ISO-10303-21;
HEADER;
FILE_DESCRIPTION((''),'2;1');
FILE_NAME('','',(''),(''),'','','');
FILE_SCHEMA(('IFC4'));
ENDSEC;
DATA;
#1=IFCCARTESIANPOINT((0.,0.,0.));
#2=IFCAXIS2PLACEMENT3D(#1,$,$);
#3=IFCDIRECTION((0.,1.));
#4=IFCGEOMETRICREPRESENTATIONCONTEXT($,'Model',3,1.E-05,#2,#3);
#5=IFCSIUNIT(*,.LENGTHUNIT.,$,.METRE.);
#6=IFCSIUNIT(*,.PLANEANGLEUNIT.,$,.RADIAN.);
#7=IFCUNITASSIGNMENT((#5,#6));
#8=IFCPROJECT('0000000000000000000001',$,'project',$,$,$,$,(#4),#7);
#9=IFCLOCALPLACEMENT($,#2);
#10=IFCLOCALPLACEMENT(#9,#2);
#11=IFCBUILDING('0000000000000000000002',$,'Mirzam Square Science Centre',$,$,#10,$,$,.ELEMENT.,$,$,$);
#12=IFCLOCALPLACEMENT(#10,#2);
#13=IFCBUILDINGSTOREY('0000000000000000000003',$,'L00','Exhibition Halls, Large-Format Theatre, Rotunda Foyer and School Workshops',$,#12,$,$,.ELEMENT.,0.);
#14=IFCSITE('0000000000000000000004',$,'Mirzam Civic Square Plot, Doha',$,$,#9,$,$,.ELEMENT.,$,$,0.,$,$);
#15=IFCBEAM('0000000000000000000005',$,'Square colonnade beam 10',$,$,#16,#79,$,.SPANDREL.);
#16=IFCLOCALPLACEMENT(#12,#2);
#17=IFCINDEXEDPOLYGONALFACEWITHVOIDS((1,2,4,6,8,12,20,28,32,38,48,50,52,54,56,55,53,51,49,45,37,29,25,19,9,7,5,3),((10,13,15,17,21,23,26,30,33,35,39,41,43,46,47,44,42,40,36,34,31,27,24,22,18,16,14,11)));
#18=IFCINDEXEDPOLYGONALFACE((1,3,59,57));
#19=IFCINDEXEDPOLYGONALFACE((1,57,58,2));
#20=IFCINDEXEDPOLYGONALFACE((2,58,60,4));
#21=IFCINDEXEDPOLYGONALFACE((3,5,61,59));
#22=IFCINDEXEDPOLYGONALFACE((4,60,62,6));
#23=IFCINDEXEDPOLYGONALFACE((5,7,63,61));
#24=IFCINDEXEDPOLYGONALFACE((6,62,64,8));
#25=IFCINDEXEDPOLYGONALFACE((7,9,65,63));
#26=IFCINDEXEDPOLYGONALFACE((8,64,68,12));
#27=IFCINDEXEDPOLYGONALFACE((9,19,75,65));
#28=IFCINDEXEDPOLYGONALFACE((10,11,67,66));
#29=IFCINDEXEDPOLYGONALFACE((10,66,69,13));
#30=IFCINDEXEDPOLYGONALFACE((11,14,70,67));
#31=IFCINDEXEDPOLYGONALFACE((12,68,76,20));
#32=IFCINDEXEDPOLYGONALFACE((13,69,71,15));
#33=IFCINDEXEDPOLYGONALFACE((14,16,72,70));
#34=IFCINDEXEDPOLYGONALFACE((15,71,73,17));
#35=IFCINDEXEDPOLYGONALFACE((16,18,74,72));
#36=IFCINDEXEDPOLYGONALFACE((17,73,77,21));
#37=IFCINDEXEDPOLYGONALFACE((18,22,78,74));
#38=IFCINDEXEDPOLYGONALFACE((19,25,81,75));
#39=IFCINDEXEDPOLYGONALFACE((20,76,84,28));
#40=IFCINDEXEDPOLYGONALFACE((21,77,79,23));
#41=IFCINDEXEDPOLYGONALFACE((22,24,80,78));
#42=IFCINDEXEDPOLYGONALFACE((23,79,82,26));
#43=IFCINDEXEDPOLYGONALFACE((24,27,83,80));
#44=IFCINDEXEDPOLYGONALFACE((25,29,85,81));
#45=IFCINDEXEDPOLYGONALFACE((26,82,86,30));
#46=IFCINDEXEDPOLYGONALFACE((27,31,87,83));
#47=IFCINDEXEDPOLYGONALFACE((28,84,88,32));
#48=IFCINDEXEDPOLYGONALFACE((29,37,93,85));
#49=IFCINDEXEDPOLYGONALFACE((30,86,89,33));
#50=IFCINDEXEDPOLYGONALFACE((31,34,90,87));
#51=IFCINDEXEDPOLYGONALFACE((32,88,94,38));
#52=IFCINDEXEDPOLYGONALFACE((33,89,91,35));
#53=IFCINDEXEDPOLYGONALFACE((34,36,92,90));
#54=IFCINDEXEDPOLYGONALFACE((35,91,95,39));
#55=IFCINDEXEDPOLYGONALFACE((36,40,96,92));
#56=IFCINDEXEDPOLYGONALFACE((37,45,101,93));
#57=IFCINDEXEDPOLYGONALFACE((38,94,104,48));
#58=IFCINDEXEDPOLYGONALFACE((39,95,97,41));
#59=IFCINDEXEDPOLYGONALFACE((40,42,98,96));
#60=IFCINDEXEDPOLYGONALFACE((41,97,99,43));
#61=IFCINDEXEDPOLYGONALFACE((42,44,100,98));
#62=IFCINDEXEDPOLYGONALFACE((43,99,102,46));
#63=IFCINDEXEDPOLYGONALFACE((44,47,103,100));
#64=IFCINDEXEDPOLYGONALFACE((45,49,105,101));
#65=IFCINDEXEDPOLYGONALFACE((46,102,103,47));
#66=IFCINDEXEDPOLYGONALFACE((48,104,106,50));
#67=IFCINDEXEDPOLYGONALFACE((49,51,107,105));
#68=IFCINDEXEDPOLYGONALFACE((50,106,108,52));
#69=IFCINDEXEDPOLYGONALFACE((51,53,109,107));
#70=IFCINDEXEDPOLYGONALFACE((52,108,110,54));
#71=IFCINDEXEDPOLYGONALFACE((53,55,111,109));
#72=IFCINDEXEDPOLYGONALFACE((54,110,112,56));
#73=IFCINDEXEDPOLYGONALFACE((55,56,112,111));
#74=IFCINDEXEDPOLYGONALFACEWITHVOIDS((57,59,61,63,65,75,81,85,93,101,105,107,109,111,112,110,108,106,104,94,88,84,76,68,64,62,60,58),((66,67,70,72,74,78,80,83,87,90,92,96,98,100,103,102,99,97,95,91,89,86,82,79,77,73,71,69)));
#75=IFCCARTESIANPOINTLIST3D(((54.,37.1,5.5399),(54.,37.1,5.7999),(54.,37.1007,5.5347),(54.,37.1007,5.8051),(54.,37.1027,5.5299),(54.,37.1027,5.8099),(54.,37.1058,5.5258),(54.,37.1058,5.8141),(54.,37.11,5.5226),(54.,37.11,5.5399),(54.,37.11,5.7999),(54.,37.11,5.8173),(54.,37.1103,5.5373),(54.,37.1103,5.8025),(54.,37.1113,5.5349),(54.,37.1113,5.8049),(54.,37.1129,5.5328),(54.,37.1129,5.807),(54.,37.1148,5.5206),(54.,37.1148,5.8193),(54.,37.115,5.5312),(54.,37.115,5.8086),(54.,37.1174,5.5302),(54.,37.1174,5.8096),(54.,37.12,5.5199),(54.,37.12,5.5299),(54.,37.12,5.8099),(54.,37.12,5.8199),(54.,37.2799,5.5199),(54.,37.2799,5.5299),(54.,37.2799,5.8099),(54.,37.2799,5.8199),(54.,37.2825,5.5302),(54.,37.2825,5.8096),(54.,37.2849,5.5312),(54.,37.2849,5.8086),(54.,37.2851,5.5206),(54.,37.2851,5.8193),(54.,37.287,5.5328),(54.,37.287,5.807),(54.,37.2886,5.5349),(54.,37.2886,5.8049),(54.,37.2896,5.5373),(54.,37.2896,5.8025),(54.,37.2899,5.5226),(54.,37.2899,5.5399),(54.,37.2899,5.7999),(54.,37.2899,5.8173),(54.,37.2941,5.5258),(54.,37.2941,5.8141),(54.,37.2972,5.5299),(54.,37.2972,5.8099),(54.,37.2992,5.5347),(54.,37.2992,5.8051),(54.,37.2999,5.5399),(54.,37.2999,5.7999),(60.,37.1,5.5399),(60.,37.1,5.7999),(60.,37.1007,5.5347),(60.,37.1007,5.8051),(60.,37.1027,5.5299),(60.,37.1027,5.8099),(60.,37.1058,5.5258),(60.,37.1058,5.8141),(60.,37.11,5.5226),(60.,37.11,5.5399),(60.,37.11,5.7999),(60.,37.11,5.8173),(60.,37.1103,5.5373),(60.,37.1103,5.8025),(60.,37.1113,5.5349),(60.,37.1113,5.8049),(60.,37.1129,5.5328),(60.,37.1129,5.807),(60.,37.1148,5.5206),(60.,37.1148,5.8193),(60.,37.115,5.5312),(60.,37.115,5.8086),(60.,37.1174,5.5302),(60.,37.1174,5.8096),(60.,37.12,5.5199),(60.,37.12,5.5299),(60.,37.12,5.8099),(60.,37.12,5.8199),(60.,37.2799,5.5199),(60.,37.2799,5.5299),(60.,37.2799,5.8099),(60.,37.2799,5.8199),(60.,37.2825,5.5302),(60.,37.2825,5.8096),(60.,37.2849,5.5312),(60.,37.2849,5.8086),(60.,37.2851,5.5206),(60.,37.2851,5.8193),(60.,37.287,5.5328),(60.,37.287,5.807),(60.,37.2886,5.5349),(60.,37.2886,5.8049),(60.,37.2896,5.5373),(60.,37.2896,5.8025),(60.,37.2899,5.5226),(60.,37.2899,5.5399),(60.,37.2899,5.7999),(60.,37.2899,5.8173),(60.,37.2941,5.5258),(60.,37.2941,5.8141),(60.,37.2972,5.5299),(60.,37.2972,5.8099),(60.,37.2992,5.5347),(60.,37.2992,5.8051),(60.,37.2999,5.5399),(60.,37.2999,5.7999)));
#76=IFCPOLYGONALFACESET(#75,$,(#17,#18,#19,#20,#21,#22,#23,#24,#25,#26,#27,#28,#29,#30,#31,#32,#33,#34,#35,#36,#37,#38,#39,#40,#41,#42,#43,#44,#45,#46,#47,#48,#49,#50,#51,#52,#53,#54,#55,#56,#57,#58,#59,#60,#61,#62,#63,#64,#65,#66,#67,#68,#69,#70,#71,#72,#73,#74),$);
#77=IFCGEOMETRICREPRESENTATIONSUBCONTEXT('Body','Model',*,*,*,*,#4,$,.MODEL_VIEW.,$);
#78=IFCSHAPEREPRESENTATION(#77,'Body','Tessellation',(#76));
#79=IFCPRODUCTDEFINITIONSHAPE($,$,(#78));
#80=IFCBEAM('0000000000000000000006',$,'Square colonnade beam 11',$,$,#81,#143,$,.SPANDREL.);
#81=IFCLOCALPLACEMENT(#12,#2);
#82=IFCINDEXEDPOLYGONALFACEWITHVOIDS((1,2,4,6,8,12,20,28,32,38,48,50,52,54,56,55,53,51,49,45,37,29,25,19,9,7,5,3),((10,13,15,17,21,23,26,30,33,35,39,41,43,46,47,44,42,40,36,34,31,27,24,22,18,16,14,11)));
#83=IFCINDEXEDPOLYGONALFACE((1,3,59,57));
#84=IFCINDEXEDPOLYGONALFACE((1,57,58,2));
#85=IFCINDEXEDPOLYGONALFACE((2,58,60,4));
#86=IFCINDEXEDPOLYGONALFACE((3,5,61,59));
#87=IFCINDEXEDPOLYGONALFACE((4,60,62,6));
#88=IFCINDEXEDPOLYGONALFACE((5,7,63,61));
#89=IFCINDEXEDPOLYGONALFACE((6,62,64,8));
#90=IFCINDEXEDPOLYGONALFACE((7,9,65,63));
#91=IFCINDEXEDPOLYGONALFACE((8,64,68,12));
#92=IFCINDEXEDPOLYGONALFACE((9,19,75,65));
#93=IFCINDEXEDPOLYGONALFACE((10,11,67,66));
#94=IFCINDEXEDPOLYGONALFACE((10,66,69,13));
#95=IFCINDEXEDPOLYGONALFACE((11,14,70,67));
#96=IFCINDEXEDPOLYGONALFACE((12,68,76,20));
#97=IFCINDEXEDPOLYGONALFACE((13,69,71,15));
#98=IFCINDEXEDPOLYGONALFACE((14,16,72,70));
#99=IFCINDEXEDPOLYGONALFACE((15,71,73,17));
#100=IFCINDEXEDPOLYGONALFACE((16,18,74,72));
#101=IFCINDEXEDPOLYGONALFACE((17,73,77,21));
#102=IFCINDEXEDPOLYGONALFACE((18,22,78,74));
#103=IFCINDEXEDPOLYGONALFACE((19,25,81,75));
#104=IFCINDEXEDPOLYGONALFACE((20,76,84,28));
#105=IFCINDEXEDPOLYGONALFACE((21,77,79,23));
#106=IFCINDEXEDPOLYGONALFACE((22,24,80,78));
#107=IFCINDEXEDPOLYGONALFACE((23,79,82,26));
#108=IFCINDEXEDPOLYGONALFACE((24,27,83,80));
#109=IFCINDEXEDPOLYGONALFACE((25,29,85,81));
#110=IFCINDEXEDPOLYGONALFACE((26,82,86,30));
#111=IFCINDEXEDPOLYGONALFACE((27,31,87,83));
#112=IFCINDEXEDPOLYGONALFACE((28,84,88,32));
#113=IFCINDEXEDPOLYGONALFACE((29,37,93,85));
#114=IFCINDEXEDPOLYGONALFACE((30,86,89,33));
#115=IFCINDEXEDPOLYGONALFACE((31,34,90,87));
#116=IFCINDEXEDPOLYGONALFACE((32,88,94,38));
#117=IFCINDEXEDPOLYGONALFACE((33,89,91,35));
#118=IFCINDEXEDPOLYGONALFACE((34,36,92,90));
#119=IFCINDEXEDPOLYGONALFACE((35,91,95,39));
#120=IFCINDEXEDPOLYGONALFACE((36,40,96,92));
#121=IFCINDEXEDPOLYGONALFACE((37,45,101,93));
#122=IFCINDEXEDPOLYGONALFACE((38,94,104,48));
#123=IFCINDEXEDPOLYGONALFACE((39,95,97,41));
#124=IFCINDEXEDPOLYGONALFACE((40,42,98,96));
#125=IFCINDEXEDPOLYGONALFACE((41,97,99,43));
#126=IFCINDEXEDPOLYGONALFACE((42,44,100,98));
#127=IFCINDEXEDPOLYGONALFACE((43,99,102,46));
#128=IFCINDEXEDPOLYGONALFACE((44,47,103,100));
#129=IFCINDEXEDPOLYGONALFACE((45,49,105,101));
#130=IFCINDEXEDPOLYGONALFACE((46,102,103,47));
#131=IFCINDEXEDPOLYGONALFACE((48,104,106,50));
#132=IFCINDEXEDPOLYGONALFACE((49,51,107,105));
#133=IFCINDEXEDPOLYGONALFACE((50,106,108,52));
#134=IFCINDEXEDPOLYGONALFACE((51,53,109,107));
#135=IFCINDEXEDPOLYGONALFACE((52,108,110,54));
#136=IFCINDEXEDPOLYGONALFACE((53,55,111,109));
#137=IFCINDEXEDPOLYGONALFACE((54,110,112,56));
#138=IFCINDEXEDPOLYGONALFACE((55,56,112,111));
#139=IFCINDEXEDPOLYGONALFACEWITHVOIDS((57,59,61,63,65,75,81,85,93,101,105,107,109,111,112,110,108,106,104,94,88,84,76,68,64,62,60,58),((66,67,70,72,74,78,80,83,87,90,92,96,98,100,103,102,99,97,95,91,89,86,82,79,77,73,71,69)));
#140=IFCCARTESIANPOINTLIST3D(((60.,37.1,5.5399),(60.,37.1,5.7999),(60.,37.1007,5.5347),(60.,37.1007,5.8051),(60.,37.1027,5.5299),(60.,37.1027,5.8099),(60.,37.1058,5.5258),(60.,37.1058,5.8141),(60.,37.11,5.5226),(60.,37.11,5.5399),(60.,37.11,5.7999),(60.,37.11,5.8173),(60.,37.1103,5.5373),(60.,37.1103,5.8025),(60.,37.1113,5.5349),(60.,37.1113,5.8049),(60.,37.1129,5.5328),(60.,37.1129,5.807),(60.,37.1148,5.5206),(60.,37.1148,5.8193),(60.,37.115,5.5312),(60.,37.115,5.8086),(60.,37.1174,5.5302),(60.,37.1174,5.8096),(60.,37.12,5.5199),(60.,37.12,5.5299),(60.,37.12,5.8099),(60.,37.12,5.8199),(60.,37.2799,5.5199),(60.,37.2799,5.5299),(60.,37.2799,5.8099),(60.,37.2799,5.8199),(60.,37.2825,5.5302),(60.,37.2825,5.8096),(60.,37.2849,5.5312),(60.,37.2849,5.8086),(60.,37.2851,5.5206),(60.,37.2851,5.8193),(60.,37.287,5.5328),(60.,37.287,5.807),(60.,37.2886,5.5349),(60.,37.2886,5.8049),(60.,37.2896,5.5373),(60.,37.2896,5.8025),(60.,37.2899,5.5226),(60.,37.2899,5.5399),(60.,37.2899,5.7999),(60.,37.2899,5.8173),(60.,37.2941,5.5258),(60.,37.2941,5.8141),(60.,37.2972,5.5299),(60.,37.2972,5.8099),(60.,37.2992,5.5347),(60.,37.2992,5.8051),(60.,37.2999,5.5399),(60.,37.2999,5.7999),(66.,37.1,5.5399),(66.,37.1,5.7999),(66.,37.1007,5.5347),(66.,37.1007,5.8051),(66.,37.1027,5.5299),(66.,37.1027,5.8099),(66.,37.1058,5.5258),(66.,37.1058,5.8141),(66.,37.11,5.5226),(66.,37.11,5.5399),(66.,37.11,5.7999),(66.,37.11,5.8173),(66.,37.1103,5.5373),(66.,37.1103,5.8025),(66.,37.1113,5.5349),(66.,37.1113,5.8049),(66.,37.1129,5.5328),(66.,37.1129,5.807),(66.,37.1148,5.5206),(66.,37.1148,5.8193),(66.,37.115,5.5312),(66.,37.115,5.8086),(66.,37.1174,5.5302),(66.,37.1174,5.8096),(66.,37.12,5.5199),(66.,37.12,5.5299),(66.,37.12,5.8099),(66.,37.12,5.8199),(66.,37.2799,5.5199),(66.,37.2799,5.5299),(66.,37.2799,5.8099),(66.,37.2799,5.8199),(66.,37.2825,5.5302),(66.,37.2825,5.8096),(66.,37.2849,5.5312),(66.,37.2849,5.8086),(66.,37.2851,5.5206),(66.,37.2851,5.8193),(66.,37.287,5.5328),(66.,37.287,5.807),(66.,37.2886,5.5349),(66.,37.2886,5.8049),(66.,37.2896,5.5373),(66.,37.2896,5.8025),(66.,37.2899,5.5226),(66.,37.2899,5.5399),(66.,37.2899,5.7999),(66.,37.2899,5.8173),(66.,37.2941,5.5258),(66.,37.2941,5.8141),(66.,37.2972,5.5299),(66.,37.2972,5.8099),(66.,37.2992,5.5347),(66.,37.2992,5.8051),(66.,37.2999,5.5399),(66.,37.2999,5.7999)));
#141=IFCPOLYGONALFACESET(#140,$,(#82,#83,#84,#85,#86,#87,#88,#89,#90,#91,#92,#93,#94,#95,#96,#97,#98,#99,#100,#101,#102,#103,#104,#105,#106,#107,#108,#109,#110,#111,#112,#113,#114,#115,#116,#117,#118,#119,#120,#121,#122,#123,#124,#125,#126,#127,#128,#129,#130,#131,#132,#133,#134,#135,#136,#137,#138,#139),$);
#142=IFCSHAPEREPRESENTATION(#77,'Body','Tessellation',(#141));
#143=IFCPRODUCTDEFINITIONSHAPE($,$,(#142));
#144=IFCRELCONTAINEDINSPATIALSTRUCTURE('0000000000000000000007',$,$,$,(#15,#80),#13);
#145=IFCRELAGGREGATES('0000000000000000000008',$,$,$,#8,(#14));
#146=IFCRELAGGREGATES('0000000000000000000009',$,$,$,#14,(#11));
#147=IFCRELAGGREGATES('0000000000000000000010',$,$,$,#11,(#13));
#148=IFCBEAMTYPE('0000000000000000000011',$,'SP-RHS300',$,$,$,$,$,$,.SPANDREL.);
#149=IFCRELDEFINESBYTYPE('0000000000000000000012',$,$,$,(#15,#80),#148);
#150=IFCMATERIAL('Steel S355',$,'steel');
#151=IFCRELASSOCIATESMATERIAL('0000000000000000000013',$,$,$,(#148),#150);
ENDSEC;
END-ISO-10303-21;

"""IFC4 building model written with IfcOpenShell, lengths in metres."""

from ifc_helpers import new_model, si_unit, direction, frame, origin, origin_2d, place, context, subcontext, project, spatial, hollow_rectangle, extrude, material, material_profile, profile_set, type_object, element, save


model = new_model("IFC4")

# Units and contexts
model_context = context("Model", 3, precision=1e-05, world=origin(), true_north=direction((0.0, 1.0)))
body_context = subcontext(model_context, "Body", "Model", "MODEL_VIEW")
ifc_project = project(units=[si_unit("LENGTHUNIT", "METRE"), si_unit("PLANEANGLEUNIT", "RADIAN")], contexts=[model_context])

# Site, building, storey
site_placement = place(None, origin())
site = spatial("IfcSite", under=ifc_project, at=site_placement, Name="Mirzam Civic Square Plot, Doha", CompositionType="ELEMENT", RefElevation=0.0)
building_placement = place(site_placement, origin())
building = spatial("IfcBuilding", under=site, at=building_placement, Name="Mirzam Square Science Centre", CompositionType="ELEMENT")
storey_placement = place(building_placement, origin())
storey = spatial("IfcBuildingStorey", under=building, at=storey_placement, Name="L00", Description="Exhibition Halls, Large-Format Theatre, Rotunda Foyer and School Workshops", CompositionType="ELEMENT", Elevation=0.0)

# Shared definitions
ifc_material_1 = material(Name="Steel S355", Category="steel")

# Beams
ifc_material_profile_1 = material_profile(ifc_material_1, hollow_rectangle(XDim=0.2, YDim=0.3, WallThickness=0.01, InnerFilletRadius=0.01, OuterFilletRadius=0.02, at=origin_2d()), Name="300x200x10.0RHS")
ifc_profile_set_1 = profile_set([ifc_material_profile_1], Name="Steel S355")
beam_type_1 = type_object("IfcBeamType", Name="SP-RHS300", PredefinedType="SPANDREL", material=ifc_profile_set_1)
for number, where, z_axis, x_axis, name in (
    (1, (54.0, 37.2, 5.6699), (1.0, 0.0, 0.0), (0.0, 1.0, 0.0), "Square colonnade beam 10"),
    (2, (60.0, 37.2, 5.6699), (1.0, 0.0, 0.0), (0.0, 1.0, 0.0), "Square colonnade beam 11"),
):
    element("IfcBeam", number, at=place(storey_placement, frame(where, z_axis=z_axis, x_axis=x_axis)), inside=storey, type_object=beam_type_1, Name=name, PredefinedType="SPANDREL", context=body_context, shape_type="SweptSolid", body=[
        extrude(hollow_rectangle(XDim=0.2, YDim=0.3, WallThickness=0.01, InnerFilletRadius=0.01, OuterFilletRadius=0.02, at=origin_2d()), origin(), (0.0, 0.0, 1.0), 6.0),
    ])

save(model, "model.ifc")
